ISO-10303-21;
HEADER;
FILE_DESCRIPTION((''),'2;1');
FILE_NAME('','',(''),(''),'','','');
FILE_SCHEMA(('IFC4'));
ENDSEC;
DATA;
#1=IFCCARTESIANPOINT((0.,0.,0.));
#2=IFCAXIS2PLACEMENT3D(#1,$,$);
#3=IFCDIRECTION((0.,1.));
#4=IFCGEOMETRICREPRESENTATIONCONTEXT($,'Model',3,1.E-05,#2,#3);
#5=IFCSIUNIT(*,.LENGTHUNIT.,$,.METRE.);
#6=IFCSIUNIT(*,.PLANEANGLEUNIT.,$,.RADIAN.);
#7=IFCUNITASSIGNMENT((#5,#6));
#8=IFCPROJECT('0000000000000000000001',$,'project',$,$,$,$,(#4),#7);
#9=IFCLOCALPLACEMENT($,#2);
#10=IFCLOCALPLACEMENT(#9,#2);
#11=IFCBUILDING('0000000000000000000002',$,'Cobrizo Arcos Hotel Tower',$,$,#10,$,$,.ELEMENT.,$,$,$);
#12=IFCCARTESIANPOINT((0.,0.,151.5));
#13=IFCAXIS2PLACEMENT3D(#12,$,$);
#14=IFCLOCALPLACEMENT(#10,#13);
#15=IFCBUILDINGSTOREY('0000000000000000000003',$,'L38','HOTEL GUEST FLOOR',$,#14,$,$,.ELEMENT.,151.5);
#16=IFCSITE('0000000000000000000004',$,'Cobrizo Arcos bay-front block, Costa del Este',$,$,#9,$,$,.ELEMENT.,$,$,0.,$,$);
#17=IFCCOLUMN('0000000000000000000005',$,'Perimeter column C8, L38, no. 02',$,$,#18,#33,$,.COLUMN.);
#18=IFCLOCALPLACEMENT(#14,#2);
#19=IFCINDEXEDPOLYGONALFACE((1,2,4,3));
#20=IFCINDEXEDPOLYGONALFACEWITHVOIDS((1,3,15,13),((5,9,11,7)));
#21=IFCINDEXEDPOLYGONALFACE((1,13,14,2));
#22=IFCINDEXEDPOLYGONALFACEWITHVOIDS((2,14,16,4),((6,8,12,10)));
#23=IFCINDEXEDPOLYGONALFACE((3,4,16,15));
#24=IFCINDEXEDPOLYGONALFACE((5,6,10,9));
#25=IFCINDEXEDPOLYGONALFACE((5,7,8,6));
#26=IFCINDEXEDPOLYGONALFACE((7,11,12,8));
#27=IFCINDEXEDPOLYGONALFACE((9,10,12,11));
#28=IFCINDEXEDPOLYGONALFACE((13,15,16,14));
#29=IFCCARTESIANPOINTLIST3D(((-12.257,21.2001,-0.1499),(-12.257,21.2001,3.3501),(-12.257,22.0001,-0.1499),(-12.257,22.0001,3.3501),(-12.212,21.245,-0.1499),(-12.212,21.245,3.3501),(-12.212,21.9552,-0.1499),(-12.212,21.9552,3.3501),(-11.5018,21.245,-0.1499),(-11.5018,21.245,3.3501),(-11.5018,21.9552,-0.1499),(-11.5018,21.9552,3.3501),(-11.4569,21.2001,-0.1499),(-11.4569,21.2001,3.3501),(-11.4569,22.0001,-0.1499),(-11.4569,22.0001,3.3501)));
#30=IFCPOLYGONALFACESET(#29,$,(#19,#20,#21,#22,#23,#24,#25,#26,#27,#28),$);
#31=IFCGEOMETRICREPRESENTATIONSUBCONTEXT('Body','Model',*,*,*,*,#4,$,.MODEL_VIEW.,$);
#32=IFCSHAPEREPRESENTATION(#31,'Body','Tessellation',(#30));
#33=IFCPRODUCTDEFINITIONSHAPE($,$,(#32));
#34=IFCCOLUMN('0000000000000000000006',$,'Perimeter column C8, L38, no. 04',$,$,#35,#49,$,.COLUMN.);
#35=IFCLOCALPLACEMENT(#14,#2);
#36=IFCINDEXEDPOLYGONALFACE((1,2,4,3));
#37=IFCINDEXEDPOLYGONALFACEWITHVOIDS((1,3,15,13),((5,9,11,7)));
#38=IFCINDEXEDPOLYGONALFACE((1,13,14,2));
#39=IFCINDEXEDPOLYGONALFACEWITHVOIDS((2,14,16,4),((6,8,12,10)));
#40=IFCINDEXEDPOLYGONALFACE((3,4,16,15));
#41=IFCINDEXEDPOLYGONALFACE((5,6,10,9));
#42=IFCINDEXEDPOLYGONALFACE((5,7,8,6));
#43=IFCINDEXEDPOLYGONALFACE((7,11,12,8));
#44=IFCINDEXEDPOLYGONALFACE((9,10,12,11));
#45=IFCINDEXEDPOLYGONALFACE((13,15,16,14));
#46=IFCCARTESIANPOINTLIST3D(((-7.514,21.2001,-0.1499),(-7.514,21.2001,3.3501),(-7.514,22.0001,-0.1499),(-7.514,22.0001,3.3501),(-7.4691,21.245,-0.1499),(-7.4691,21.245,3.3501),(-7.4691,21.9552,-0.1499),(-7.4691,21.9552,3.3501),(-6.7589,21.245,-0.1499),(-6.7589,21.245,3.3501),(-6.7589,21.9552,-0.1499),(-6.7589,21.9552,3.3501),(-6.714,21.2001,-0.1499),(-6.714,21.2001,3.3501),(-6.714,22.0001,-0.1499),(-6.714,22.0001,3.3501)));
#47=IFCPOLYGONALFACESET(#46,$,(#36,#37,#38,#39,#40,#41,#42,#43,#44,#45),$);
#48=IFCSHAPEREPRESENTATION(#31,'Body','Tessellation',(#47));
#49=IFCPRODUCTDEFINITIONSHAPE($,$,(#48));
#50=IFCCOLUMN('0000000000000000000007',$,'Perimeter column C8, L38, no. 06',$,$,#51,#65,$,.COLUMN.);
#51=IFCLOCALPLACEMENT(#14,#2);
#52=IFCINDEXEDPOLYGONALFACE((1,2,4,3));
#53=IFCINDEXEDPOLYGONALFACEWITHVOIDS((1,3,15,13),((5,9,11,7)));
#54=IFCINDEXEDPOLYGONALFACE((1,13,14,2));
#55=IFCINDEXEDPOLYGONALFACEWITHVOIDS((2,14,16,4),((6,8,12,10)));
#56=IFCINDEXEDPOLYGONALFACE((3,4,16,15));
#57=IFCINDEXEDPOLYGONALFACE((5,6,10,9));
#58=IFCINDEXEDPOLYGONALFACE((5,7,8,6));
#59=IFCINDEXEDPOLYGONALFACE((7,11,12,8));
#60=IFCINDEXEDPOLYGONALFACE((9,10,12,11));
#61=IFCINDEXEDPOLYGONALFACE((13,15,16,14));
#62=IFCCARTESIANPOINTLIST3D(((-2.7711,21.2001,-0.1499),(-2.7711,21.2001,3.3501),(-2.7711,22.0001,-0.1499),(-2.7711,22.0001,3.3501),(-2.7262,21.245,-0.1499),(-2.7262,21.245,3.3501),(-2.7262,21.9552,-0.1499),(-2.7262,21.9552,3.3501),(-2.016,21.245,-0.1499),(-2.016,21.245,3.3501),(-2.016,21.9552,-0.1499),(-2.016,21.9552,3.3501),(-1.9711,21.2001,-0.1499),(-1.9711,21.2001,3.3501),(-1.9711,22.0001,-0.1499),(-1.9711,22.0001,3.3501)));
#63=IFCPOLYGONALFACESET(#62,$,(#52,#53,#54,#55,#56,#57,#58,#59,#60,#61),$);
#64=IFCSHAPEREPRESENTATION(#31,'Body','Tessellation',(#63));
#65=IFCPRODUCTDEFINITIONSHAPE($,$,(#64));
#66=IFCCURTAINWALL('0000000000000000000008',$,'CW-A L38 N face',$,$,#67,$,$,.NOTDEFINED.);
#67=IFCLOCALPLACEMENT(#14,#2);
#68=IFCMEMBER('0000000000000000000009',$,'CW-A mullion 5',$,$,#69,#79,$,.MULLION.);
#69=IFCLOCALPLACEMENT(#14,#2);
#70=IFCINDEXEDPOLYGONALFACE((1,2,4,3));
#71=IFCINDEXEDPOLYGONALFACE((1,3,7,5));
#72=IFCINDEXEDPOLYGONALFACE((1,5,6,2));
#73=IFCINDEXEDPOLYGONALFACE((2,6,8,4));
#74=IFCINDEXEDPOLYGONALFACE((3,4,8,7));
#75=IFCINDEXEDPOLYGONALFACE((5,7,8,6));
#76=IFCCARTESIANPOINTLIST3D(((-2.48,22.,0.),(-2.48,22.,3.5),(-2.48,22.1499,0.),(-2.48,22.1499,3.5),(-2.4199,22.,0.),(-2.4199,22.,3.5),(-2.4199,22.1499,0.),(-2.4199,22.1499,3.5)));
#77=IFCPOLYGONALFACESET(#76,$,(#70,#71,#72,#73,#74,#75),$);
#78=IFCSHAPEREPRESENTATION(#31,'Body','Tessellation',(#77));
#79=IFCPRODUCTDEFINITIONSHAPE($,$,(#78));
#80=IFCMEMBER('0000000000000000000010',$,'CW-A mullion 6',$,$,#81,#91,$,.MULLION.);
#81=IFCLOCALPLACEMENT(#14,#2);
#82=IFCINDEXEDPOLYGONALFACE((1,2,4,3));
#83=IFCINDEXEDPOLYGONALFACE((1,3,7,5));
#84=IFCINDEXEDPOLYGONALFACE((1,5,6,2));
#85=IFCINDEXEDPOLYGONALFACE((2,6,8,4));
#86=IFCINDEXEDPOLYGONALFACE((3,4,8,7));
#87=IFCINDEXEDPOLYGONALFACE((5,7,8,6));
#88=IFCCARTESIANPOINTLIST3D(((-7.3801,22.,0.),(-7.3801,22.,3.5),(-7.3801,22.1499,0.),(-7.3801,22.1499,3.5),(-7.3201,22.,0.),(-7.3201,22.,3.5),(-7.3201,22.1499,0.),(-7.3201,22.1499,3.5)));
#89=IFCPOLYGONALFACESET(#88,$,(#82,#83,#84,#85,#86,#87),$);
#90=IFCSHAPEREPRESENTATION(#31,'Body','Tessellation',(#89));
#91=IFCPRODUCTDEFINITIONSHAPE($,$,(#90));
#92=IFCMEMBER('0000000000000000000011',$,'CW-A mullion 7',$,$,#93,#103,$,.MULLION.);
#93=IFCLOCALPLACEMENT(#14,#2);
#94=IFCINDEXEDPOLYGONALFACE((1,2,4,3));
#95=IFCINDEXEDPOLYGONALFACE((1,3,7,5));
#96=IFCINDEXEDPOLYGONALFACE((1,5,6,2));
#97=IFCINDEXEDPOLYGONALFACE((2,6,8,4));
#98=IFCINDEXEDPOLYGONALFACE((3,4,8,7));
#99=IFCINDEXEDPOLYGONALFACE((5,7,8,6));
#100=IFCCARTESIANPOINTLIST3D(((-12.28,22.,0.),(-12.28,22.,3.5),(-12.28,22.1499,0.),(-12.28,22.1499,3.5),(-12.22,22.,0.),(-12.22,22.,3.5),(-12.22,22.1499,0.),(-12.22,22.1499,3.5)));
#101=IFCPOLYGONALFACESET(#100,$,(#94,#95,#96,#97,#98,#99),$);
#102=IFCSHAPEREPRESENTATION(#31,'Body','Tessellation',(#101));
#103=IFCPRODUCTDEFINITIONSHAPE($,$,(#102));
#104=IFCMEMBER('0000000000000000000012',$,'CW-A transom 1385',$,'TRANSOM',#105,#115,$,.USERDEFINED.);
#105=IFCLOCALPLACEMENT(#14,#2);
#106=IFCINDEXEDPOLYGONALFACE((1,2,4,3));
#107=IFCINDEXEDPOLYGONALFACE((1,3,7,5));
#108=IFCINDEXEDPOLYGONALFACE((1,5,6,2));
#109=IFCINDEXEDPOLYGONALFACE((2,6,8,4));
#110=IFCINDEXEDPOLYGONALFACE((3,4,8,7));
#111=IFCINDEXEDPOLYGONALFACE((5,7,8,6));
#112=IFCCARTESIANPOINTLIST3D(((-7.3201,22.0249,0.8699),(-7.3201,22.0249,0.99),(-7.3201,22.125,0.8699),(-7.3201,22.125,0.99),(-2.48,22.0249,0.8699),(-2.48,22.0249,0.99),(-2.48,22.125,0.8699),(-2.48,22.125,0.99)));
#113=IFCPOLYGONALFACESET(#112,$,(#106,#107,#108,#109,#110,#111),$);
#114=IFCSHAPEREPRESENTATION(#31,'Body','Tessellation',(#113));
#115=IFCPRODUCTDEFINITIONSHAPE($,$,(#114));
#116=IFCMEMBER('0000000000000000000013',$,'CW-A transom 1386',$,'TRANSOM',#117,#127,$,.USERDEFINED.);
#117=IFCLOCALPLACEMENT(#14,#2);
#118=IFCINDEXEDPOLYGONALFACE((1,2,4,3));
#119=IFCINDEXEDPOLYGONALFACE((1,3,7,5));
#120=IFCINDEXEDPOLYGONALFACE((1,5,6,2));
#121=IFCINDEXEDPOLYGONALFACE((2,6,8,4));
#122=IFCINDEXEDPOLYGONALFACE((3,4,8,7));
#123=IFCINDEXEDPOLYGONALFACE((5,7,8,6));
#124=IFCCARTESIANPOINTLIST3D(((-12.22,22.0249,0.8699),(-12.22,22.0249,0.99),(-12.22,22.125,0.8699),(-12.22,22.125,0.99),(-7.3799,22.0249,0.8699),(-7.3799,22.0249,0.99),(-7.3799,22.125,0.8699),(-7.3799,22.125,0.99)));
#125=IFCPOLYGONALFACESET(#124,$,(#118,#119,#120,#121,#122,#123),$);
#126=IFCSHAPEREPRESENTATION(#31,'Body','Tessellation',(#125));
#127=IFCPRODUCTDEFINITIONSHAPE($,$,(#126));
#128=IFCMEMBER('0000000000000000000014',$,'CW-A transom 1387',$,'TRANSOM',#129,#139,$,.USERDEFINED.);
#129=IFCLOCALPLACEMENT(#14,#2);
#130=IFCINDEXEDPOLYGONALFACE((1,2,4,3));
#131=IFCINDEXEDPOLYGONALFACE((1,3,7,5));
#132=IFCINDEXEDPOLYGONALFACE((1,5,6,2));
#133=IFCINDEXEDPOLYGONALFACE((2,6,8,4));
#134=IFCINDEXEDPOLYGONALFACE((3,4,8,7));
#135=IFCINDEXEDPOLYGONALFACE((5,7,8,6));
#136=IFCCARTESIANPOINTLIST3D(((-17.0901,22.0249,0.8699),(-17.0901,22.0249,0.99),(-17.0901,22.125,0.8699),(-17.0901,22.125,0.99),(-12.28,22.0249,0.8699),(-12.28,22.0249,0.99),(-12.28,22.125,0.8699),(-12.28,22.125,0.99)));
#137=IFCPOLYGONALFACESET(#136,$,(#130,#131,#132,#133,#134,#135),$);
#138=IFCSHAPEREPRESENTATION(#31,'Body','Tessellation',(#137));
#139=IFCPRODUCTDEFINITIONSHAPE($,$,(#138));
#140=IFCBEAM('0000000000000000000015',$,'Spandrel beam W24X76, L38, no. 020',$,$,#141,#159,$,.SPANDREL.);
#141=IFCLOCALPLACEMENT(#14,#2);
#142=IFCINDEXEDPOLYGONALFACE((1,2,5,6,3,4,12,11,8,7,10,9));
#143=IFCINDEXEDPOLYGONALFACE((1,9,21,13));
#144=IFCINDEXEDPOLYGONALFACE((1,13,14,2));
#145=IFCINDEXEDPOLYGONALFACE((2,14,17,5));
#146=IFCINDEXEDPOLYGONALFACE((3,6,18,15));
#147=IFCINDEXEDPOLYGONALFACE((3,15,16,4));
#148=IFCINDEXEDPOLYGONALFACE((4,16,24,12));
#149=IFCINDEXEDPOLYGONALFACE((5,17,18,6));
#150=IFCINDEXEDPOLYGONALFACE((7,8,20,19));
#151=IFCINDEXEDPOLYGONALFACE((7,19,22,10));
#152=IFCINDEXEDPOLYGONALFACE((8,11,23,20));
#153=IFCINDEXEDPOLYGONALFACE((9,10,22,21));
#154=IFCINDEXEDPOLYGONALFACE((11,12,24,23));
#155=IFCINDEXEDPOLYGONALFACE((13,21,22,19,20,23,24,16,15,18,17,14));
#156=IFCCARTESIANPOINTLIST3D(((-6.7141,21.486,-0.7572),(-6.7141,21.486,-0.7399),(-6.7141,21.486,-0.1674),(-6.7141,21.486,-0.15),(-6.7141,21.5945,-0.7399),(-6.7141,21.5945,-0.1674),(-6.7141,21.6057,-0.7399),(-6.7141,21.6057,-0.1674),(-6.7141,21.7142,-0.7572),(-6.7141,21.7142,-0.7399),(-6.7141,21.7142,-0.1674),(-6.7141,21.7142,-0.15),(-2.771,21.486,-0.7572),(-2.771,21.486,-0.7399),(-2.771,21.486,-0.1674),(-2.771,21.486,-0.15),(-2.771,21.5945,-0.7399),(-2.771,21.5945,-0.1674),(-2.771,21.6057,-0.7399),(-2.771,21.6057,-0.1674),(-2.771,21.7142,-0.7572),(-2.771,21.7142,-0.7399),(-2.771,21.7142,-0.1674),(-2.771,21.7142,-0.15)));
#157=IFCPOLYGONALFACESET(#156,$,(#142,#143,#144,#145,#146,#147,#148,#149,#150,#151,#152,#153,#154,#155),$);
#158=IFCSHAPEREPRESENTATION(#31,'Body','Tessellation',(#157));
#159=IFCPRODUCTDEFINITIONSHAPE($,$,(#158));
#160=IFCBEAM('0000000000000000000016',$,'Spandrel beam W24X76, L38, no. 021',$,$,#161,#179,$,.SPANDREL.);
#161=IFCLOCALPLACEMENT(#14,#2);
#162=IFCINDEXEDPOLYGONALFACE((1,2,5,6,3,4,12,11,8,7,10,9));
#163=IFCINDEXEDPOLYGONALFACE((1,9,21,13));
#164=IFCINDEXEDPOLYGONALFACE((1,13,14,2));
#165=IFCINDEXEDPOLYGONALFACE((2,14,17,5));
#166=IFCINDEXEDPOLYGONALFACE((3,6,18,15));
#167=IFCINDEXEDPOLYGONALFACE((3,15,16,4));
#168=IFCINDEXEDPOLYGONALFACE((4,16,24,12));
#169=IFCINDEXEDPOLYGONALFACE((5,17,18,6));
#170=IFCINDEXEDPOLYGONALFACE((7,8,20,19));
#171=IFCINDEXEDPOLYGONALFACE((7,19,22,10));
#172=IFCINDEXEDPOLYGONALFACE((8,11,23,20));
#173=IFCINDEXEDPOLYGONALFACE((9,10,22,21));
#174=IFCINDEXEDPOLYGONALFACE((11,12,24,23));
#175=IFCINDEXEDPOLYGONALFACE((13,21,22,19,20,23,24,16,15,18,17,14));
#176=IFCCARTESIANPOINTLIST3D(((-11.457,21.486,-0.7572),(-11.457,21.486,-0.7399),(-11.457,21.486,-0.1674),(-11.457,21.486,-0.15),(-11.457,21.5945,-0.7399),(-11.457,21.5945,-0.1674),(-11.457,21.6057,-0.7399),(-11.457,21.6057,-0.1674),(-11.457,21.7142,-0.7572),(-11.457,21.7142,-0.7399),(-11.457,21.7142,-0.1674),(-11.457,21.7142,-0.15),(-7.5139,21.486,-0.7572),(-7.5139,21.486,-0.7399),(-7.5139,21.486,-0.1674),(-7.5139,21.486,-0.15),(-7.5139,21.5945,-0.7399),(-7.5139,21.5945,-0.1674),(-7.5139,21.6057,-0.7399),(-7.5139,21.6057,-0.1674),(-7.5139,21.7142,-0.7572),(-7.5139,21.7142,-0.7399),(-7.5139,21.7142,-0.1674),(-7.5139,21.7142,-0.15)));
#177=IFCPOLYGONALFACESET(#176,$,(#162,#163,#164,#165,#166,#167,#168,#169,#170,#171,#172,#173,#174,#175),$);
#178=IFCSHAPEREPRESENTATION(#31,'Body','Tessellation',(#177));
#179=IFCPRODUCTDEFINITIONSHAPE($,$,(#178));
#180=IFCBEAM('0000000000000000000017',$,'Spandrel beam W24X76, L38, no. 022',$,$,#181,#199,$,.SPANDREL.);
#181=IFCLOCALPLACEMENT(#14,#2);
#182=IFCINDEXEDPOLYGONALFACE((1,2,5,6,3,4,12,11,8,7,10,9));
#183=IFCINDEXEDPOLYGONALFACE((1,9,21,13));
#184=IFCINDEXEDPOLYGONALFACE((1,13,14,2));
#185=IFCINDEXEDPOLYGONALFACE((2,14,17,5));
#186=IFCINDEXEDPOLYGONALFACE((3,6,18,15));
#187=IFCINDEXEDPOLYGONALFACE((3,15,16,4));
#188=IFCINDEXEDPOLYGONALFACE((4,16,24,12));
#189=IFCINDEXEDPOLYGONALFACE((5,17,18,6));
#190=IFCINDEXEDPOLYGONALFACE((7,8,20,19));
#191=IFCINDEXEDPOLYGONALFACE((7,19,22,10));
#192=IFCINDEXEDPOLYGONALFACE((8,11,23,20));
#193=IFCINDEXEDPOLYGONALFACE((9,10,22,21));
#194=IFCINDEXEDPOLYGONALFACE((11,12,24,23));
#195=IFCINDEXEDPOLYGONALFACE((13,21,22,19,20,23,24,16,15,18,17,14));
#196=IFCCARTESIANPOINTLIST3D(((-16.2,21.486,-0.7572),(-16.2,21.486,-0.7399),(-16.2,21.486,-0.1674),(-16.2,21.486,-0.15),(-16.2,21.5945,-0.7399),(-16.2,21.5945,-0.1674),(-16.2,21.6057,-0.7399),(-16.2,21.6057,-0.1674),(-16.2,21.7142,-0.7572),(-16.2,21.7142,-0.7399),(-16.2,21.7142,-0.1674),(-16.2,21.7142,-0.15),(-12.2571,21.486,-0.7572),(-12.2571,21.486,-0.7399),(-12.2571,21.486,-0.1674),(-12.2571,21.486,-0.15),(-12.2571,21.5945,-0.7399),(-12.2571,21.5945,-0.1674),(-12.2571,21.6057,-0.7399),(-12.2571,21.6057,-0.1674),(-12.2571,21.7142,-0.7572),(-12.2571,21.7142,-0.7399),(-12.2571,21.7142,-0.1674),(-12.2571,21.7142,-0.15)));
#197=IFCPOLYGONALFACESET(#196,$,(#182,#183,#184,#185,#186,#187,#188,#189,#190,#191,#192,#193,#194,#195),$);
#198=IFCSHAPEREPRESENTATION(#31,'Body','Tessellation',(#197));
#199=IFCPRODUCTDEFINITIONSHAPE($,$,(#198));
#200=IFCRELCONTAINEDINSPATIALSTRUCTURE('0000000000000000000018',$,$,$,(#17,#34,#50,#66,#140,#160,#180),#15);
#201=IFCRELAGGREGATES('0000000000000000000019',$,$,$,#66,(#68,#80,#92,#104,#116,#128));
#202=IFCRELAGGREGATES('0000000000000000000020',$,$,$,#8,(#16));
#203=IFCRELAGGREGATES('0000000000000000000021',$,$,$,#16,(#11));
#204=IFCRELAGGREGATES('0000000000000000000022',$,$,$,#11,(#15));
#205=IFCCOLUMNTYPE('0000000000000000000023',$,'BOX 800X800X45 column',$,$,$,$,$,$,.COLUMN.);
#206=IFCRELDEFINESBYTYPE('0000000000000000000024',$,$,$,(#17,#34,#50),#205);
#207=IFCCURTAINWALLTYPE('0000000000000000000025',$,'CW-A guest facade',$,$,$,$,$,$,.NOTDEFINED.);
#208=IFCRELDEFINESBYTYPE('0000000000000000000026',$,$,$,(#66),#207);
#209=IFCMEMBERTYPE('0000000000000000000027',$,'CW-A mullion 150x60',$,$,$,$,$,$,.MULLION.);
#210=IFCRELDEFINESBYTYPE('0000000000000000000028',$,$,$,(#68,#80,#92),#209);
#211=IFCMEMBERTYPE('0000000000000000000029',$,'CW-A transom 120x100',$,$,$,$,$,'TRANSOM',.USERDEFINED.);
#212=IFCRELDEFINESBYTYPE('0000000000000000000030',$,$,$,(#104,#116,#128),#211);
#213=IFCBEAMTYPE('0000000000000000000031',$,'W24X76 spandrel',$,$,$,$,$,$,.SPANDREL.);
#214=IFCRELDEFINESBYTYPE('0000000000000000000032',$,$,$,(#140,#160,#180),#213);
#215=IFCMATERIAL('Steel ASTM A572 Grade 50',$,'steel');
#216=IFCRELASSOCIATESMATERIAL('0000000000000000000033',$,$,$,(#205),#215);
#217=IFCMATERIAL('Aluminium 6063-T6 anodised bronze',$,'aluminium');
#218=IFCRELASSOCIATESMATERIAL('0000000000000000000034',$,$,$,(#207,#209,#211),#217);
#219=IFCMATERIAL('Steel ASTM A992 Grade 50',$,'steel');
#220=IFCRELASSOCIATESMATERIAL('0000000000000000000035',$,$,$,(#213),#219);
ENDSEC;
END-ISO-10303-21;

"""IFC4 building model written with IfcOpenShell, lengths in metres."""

from ifc_helpers import new_model, si_unit, direction, frame, origin, origin_2d, place, context, subcontext, project, spatial, rectangle, hollow_rectangle, i_section, extrude, material, material_profile, profile_set, type_object, element, aggregate, save


model = new_model("IFC4")

# Units and contexts
model_context = context("Model", 3, precision=1e-05, world=origin(), true_north=direction((0.0, 1.0)))
body_context = subcontext(model_context, "Body", "Model", "MODEL_VIEW")
ifc_project = project(units=[si_unit("LENGTHUNIT", "METRE"), si_unit("PLANEANGLEUNIT", "RADIAN")], contexts=[model_context])

# Site, building, storey
site_placement = place(None, origin())
site = spatial("IfcSite", under=ifc_project, at=site_placement, Name="Cobrizo Arcos bay-front block, Costa del Este", CompositionType="ELEMENT", RefElevation=0.0)
building_placement = place(site_placement, origin())
building = spatial("IfcBuilding", under=site, at=building_placement, Name="Cobrizo Arcos Hotel Tower", CompositionType="ELEMENT")
storey_placement = place(building_placement, frame((0.0, 0.0, 151.5)))
storey = spatial("IfcBuildingStorey", under=building, at=storey_placement, Name="L38", Description="HOTEL GUEST FLOOR", CompositionType="ELEMENT", Elevation=151.5)

# Columns
ifc_material_1 = material(Name="Steel ASTM A572 Grade 50", Category="steel")
ifc_material_profile_1 = material_profile(ifc_material_1, hollow_rectangle(XDim=0.8, YDim=0.8, WallThickness=0.0449, at=origin_2d()), Name="BOX 800X800X45")
ifc_profile_set_1 = profile_set([ifc_material_profile_1], Name="Steel ASTM A572 Grade 50")
column_type = type_object("IfcColumnType", Name="BOX 800X800X45 column", PredefinedType="COLUMN", material=ifc_profile_set_1)
for number, where, z_axis, x_axis, name in (
    (1, (-11.8569, 21.6001, -0.1499), (0.0, 0.0, 1.0), (1.0, 0.0, 0.0), "Perimeter column C8, L38, no. 02"),
    (2, (-7.114, 21.6001, -0.1499), (0.0, 0.0, 1.0), (1.0, 0.0, 0.0), "Perimeter column C8, L38, no. 04"),
    (3, (-2.3711, 21.6001, -0.1499), (0.0, 0.0, 1.0), (1.0, 0.0, 0.0), "Perimeter column C8, L38, no. 06"),
):
    element("IfcColumn", number, at=place(storey_placement, frame(where, z_axis=z_axis, x_axis=x_axis)), inside=storey, type_object=column_type, Name=name, PredefinedType="COLUMN", context=body_context, shape_type="SweptSolid", body=[
        extrude(hollow_rectangle(XDim=0.8, YDim=0.8, WallThickness=0.0449, at=origin_2d()), origin(), (0.0, 0.0, 1.0), 3.5),
    ])

# Curtain wall, members
ifc_material_2 = material(Name="Aluminium 6063-T6 anodised bronze", Category="aluminium")
curtain_wall_type = type_object("IfcCurtainWallType", Name="CW-A guest facade", PredefinedType="NOTDEFINED", material=ifc_material_2)
curtain_wall_placement = place(storey_placement, origin())
curtain_wall = element("IfcCurtainWall", 4, at=curtain_wall_placement, inside=storey, type_object=curtain_wall_type, Name="CW-A L38 N face", PredefinedType="NOTDEFINED")
ifc_material_profile_2 = material_profile(ifc_material_2, rectangle(XDim=0.1499, YDim=0.0601, at=origin_2d()), Name="CW-A mullion 150x60")
ifc_profile_set_2 = profile_set([ifc_material_profile_2], Name="Aluminium 6063-T6 anodised bronze")
member_type_1 = type_object("IfcMemberType", Name="CW-A mullion 150x60", PredefinedType="MULLION", material=ifc_profile_set_2)
member_1_placement = place(storey_placement, frame((-2.45, 22.075, 0.0), z_axis=(0.0, 0.0, 1.0), x_axis=(0.0, 1.0, 0.0)))
member_1 = element("IfcMember", 5, at=member_1_placement, type_object=member_type_1, Name="CW-A mullion 5", PredefinedType="MULLION", context=body_context, shape_type="SweptSolid", body=[
    extrude(rectangle(XDim=0.1499, YDim=0.0601, at=origin_2d()), origin(), (0.0, 0.0, 1.0), 3.5),
])
member_2_placement = place(storey_placement, frame((-7.3501, 22.075, 0.0), z_axis=(0.0, 0.0, 1.0), x_axis=(0.0, 1.0, 0.0)))
member_2 = element("IfcMember", 6, at=member_2_placement, type_object=member_type_1, Name="CW-A mullion 6", PredefinedType="MULLION", context=body_context, shape_type="SweptSolid", body=[
    extrude(rectangle(XDim=0.1499, YDim=0.0601, at=origin_2d()), origin(), (0.0, 0.0, 1.0), 3.5),
])
member_3_placement = place(storey_placement, frame((-12.25, 22.075, 0.0), z_axis=(0.0, 0.0, 1.0), x_axis=(0.0, 1.0, 0.0)))
member_3 = element("IfcMember", 7, at=member_3_placement, type_object=member_type_1, Name="CW-A mullion 7", PredefinedType="MULLION", context=body_context, shape_type="SweptSolid", body=[
    extrude(rectangle(XDim=0.1499, YDim=0.0601, at=origin_2d()), origin(), (0.0, 0.0, 1.0), 3.5),
])
ifc_material_profile_3 = material_profile(ifc_material_2, rectangle(XDim=0.1001, YDim=0.1201, at=origin_2d()), Name="CW-A transom 120x100")
ifc_profile_set_3 = profile_set([ifc_material_profile_3], Name="Aluminium 6063-T6 anodised bronze")
member_type_2 = type_object("IfcMemberType", Name="CW-A transom 120x100", ElementType="TRANSOM", PredefinedType="USERDEFINED", material=ifc_profile_set_3)
member_4_placement = place(storey_placement, frame((-2.48, 22.075, 0.9299), z_axis=(-1.0, 0.0, 0.0), x_axis=(0.0, -1.0, 0.0)))
member_4 = element("IfcMember", 8, at=member_4_placement, type_object=member_type_2, Name="CW-A transom 1385", ObjectType="TRANSOM", PredefinedType="USERDEFINED", context=body_context, shape_type="SweptSolid", body=[
    extrude(rectangle(XDim=0.1001, YDim=0.1201, at=origin_2d()), origin(), (0.0, 0.0, 1.0), 4.8401),
])
member_5_placement = place(storey_placement, frame((-7.3799, 22.075, 0.9299), z_axis=(-1.0, 0.0, 0.0), x_axis=(0.0, -1.0, 0.0)))
member_5 = element("IfcMember", 9, at=member_5_placement, type_object=member_type_2, Name="CW-A transom 1386", ObjectType="TRANSOM", PredefinedType="USERDEFINED", context=body_context, shape_type="SweptSolid", body=[
    extrude(rectangle(XDim=0.1001, YDim=0.1201, at=origin_2d()), origin(), (0.0, 0.0, 1.0), 4.8401),
])
member_6_placement = place(storey_placement, frame((-12.28, 22.075, 0.9299), z_axis=(-1.0, 0.0, 0.0), x_axis=(0.0, -1.0, 0.0)))
member_6 = element("IfcMember", 10, at=member_6_placement, type_object=member_type_2, Name="CW-A transom 1387", ObjectType="TRANSOM", PredefinedType="USERDEFINED", context=body_context, shape_type="SweptSolid", body=[
    extrude(rectangle(XDim=0.1001, YDim=0.1201, at=origin_2d()), origin(), (0.0, 0.0, 1.0), 4.8101),
])

# Beams
ifc_material_3 = material(Name="Steel ASTM A992 Grade 50", Category="steel")
ifc_material_profile_4 = material_profile(ifc_material_3, i_section(OverallWidth=0.2283, OverallDepth=0.6072, WebThickness=0.0112, FlangeThickness=0.0173, at=origin_2d()), Name="W24X76")
ifc_profile_set_4 = profile_set([ifc_material_profile_4], Name="Steel ASTM A992 Grade 50")
beam_type = type_object("IfcBeamType", Name="W24X76 spandrel", PredefinedType="SPANDREL", material=ifc_profile_set_4)
for number, where, z_axis, x_axis, name in (
    (11, (-2.771, 21.6001, -0.4536), (-1.0, 0.0, 0.0), (0.0, -1.0, 0.0), "Spandrel beam W24X76, L38, no. 020"),
    (12, (-7.5139, 21.6001, -0.4536), (-1.0, 0.0, 0.0), (0.0, -1.0, 0.0), "Spandrel beam W24X76, L38, no. 021"),
):
    element("IfcBeam", number, at=place(storey_placement, frame(where, z_axis=z_axis, x_axis=x_axis)), inside=storey, type_object=beam_type, Name=name, PredefinedType="SPANDREL", context=body_context, shape_type="SweptSolid", body=[
        extrude(i_section(OverallWidth=0.2283, OverallDepth=0.6072, WebThickness=0.0112, FlangeThickness=0.0173, at=origin_2d()), origin(), (0.0, 0.0, 1.0), 3.9431),
    ])
beam_placement = place(storey_placement, frame((-12.2571, 21.6001, -0.4536), z_axis=(-1.0, 0.0, 0.0), x_axis=(0.0, -1.0, 0.0)))
element("IfcBeam", 13, at=beam_placement, inside=storey, type_object=beam_type, Name="Spandrel beam W24X76, L38, no. 022", PredefinedType="SPANDREL", context=body_context, shape_type="SweptSolid", body=[
    extrude(i_section(OverallWidth=0.2283, OverallDepth=0.6072, WebThickness=0.0112, FlangeThickness=0.0173, at=origin_2d()), origin(), (0.0, 0.0, 1.0), 3.9429),
])

aggregate(curtain_wall, [member_1, member_2, member_3, member_4, member_5, member_6])

save(model, "model.ifc")
